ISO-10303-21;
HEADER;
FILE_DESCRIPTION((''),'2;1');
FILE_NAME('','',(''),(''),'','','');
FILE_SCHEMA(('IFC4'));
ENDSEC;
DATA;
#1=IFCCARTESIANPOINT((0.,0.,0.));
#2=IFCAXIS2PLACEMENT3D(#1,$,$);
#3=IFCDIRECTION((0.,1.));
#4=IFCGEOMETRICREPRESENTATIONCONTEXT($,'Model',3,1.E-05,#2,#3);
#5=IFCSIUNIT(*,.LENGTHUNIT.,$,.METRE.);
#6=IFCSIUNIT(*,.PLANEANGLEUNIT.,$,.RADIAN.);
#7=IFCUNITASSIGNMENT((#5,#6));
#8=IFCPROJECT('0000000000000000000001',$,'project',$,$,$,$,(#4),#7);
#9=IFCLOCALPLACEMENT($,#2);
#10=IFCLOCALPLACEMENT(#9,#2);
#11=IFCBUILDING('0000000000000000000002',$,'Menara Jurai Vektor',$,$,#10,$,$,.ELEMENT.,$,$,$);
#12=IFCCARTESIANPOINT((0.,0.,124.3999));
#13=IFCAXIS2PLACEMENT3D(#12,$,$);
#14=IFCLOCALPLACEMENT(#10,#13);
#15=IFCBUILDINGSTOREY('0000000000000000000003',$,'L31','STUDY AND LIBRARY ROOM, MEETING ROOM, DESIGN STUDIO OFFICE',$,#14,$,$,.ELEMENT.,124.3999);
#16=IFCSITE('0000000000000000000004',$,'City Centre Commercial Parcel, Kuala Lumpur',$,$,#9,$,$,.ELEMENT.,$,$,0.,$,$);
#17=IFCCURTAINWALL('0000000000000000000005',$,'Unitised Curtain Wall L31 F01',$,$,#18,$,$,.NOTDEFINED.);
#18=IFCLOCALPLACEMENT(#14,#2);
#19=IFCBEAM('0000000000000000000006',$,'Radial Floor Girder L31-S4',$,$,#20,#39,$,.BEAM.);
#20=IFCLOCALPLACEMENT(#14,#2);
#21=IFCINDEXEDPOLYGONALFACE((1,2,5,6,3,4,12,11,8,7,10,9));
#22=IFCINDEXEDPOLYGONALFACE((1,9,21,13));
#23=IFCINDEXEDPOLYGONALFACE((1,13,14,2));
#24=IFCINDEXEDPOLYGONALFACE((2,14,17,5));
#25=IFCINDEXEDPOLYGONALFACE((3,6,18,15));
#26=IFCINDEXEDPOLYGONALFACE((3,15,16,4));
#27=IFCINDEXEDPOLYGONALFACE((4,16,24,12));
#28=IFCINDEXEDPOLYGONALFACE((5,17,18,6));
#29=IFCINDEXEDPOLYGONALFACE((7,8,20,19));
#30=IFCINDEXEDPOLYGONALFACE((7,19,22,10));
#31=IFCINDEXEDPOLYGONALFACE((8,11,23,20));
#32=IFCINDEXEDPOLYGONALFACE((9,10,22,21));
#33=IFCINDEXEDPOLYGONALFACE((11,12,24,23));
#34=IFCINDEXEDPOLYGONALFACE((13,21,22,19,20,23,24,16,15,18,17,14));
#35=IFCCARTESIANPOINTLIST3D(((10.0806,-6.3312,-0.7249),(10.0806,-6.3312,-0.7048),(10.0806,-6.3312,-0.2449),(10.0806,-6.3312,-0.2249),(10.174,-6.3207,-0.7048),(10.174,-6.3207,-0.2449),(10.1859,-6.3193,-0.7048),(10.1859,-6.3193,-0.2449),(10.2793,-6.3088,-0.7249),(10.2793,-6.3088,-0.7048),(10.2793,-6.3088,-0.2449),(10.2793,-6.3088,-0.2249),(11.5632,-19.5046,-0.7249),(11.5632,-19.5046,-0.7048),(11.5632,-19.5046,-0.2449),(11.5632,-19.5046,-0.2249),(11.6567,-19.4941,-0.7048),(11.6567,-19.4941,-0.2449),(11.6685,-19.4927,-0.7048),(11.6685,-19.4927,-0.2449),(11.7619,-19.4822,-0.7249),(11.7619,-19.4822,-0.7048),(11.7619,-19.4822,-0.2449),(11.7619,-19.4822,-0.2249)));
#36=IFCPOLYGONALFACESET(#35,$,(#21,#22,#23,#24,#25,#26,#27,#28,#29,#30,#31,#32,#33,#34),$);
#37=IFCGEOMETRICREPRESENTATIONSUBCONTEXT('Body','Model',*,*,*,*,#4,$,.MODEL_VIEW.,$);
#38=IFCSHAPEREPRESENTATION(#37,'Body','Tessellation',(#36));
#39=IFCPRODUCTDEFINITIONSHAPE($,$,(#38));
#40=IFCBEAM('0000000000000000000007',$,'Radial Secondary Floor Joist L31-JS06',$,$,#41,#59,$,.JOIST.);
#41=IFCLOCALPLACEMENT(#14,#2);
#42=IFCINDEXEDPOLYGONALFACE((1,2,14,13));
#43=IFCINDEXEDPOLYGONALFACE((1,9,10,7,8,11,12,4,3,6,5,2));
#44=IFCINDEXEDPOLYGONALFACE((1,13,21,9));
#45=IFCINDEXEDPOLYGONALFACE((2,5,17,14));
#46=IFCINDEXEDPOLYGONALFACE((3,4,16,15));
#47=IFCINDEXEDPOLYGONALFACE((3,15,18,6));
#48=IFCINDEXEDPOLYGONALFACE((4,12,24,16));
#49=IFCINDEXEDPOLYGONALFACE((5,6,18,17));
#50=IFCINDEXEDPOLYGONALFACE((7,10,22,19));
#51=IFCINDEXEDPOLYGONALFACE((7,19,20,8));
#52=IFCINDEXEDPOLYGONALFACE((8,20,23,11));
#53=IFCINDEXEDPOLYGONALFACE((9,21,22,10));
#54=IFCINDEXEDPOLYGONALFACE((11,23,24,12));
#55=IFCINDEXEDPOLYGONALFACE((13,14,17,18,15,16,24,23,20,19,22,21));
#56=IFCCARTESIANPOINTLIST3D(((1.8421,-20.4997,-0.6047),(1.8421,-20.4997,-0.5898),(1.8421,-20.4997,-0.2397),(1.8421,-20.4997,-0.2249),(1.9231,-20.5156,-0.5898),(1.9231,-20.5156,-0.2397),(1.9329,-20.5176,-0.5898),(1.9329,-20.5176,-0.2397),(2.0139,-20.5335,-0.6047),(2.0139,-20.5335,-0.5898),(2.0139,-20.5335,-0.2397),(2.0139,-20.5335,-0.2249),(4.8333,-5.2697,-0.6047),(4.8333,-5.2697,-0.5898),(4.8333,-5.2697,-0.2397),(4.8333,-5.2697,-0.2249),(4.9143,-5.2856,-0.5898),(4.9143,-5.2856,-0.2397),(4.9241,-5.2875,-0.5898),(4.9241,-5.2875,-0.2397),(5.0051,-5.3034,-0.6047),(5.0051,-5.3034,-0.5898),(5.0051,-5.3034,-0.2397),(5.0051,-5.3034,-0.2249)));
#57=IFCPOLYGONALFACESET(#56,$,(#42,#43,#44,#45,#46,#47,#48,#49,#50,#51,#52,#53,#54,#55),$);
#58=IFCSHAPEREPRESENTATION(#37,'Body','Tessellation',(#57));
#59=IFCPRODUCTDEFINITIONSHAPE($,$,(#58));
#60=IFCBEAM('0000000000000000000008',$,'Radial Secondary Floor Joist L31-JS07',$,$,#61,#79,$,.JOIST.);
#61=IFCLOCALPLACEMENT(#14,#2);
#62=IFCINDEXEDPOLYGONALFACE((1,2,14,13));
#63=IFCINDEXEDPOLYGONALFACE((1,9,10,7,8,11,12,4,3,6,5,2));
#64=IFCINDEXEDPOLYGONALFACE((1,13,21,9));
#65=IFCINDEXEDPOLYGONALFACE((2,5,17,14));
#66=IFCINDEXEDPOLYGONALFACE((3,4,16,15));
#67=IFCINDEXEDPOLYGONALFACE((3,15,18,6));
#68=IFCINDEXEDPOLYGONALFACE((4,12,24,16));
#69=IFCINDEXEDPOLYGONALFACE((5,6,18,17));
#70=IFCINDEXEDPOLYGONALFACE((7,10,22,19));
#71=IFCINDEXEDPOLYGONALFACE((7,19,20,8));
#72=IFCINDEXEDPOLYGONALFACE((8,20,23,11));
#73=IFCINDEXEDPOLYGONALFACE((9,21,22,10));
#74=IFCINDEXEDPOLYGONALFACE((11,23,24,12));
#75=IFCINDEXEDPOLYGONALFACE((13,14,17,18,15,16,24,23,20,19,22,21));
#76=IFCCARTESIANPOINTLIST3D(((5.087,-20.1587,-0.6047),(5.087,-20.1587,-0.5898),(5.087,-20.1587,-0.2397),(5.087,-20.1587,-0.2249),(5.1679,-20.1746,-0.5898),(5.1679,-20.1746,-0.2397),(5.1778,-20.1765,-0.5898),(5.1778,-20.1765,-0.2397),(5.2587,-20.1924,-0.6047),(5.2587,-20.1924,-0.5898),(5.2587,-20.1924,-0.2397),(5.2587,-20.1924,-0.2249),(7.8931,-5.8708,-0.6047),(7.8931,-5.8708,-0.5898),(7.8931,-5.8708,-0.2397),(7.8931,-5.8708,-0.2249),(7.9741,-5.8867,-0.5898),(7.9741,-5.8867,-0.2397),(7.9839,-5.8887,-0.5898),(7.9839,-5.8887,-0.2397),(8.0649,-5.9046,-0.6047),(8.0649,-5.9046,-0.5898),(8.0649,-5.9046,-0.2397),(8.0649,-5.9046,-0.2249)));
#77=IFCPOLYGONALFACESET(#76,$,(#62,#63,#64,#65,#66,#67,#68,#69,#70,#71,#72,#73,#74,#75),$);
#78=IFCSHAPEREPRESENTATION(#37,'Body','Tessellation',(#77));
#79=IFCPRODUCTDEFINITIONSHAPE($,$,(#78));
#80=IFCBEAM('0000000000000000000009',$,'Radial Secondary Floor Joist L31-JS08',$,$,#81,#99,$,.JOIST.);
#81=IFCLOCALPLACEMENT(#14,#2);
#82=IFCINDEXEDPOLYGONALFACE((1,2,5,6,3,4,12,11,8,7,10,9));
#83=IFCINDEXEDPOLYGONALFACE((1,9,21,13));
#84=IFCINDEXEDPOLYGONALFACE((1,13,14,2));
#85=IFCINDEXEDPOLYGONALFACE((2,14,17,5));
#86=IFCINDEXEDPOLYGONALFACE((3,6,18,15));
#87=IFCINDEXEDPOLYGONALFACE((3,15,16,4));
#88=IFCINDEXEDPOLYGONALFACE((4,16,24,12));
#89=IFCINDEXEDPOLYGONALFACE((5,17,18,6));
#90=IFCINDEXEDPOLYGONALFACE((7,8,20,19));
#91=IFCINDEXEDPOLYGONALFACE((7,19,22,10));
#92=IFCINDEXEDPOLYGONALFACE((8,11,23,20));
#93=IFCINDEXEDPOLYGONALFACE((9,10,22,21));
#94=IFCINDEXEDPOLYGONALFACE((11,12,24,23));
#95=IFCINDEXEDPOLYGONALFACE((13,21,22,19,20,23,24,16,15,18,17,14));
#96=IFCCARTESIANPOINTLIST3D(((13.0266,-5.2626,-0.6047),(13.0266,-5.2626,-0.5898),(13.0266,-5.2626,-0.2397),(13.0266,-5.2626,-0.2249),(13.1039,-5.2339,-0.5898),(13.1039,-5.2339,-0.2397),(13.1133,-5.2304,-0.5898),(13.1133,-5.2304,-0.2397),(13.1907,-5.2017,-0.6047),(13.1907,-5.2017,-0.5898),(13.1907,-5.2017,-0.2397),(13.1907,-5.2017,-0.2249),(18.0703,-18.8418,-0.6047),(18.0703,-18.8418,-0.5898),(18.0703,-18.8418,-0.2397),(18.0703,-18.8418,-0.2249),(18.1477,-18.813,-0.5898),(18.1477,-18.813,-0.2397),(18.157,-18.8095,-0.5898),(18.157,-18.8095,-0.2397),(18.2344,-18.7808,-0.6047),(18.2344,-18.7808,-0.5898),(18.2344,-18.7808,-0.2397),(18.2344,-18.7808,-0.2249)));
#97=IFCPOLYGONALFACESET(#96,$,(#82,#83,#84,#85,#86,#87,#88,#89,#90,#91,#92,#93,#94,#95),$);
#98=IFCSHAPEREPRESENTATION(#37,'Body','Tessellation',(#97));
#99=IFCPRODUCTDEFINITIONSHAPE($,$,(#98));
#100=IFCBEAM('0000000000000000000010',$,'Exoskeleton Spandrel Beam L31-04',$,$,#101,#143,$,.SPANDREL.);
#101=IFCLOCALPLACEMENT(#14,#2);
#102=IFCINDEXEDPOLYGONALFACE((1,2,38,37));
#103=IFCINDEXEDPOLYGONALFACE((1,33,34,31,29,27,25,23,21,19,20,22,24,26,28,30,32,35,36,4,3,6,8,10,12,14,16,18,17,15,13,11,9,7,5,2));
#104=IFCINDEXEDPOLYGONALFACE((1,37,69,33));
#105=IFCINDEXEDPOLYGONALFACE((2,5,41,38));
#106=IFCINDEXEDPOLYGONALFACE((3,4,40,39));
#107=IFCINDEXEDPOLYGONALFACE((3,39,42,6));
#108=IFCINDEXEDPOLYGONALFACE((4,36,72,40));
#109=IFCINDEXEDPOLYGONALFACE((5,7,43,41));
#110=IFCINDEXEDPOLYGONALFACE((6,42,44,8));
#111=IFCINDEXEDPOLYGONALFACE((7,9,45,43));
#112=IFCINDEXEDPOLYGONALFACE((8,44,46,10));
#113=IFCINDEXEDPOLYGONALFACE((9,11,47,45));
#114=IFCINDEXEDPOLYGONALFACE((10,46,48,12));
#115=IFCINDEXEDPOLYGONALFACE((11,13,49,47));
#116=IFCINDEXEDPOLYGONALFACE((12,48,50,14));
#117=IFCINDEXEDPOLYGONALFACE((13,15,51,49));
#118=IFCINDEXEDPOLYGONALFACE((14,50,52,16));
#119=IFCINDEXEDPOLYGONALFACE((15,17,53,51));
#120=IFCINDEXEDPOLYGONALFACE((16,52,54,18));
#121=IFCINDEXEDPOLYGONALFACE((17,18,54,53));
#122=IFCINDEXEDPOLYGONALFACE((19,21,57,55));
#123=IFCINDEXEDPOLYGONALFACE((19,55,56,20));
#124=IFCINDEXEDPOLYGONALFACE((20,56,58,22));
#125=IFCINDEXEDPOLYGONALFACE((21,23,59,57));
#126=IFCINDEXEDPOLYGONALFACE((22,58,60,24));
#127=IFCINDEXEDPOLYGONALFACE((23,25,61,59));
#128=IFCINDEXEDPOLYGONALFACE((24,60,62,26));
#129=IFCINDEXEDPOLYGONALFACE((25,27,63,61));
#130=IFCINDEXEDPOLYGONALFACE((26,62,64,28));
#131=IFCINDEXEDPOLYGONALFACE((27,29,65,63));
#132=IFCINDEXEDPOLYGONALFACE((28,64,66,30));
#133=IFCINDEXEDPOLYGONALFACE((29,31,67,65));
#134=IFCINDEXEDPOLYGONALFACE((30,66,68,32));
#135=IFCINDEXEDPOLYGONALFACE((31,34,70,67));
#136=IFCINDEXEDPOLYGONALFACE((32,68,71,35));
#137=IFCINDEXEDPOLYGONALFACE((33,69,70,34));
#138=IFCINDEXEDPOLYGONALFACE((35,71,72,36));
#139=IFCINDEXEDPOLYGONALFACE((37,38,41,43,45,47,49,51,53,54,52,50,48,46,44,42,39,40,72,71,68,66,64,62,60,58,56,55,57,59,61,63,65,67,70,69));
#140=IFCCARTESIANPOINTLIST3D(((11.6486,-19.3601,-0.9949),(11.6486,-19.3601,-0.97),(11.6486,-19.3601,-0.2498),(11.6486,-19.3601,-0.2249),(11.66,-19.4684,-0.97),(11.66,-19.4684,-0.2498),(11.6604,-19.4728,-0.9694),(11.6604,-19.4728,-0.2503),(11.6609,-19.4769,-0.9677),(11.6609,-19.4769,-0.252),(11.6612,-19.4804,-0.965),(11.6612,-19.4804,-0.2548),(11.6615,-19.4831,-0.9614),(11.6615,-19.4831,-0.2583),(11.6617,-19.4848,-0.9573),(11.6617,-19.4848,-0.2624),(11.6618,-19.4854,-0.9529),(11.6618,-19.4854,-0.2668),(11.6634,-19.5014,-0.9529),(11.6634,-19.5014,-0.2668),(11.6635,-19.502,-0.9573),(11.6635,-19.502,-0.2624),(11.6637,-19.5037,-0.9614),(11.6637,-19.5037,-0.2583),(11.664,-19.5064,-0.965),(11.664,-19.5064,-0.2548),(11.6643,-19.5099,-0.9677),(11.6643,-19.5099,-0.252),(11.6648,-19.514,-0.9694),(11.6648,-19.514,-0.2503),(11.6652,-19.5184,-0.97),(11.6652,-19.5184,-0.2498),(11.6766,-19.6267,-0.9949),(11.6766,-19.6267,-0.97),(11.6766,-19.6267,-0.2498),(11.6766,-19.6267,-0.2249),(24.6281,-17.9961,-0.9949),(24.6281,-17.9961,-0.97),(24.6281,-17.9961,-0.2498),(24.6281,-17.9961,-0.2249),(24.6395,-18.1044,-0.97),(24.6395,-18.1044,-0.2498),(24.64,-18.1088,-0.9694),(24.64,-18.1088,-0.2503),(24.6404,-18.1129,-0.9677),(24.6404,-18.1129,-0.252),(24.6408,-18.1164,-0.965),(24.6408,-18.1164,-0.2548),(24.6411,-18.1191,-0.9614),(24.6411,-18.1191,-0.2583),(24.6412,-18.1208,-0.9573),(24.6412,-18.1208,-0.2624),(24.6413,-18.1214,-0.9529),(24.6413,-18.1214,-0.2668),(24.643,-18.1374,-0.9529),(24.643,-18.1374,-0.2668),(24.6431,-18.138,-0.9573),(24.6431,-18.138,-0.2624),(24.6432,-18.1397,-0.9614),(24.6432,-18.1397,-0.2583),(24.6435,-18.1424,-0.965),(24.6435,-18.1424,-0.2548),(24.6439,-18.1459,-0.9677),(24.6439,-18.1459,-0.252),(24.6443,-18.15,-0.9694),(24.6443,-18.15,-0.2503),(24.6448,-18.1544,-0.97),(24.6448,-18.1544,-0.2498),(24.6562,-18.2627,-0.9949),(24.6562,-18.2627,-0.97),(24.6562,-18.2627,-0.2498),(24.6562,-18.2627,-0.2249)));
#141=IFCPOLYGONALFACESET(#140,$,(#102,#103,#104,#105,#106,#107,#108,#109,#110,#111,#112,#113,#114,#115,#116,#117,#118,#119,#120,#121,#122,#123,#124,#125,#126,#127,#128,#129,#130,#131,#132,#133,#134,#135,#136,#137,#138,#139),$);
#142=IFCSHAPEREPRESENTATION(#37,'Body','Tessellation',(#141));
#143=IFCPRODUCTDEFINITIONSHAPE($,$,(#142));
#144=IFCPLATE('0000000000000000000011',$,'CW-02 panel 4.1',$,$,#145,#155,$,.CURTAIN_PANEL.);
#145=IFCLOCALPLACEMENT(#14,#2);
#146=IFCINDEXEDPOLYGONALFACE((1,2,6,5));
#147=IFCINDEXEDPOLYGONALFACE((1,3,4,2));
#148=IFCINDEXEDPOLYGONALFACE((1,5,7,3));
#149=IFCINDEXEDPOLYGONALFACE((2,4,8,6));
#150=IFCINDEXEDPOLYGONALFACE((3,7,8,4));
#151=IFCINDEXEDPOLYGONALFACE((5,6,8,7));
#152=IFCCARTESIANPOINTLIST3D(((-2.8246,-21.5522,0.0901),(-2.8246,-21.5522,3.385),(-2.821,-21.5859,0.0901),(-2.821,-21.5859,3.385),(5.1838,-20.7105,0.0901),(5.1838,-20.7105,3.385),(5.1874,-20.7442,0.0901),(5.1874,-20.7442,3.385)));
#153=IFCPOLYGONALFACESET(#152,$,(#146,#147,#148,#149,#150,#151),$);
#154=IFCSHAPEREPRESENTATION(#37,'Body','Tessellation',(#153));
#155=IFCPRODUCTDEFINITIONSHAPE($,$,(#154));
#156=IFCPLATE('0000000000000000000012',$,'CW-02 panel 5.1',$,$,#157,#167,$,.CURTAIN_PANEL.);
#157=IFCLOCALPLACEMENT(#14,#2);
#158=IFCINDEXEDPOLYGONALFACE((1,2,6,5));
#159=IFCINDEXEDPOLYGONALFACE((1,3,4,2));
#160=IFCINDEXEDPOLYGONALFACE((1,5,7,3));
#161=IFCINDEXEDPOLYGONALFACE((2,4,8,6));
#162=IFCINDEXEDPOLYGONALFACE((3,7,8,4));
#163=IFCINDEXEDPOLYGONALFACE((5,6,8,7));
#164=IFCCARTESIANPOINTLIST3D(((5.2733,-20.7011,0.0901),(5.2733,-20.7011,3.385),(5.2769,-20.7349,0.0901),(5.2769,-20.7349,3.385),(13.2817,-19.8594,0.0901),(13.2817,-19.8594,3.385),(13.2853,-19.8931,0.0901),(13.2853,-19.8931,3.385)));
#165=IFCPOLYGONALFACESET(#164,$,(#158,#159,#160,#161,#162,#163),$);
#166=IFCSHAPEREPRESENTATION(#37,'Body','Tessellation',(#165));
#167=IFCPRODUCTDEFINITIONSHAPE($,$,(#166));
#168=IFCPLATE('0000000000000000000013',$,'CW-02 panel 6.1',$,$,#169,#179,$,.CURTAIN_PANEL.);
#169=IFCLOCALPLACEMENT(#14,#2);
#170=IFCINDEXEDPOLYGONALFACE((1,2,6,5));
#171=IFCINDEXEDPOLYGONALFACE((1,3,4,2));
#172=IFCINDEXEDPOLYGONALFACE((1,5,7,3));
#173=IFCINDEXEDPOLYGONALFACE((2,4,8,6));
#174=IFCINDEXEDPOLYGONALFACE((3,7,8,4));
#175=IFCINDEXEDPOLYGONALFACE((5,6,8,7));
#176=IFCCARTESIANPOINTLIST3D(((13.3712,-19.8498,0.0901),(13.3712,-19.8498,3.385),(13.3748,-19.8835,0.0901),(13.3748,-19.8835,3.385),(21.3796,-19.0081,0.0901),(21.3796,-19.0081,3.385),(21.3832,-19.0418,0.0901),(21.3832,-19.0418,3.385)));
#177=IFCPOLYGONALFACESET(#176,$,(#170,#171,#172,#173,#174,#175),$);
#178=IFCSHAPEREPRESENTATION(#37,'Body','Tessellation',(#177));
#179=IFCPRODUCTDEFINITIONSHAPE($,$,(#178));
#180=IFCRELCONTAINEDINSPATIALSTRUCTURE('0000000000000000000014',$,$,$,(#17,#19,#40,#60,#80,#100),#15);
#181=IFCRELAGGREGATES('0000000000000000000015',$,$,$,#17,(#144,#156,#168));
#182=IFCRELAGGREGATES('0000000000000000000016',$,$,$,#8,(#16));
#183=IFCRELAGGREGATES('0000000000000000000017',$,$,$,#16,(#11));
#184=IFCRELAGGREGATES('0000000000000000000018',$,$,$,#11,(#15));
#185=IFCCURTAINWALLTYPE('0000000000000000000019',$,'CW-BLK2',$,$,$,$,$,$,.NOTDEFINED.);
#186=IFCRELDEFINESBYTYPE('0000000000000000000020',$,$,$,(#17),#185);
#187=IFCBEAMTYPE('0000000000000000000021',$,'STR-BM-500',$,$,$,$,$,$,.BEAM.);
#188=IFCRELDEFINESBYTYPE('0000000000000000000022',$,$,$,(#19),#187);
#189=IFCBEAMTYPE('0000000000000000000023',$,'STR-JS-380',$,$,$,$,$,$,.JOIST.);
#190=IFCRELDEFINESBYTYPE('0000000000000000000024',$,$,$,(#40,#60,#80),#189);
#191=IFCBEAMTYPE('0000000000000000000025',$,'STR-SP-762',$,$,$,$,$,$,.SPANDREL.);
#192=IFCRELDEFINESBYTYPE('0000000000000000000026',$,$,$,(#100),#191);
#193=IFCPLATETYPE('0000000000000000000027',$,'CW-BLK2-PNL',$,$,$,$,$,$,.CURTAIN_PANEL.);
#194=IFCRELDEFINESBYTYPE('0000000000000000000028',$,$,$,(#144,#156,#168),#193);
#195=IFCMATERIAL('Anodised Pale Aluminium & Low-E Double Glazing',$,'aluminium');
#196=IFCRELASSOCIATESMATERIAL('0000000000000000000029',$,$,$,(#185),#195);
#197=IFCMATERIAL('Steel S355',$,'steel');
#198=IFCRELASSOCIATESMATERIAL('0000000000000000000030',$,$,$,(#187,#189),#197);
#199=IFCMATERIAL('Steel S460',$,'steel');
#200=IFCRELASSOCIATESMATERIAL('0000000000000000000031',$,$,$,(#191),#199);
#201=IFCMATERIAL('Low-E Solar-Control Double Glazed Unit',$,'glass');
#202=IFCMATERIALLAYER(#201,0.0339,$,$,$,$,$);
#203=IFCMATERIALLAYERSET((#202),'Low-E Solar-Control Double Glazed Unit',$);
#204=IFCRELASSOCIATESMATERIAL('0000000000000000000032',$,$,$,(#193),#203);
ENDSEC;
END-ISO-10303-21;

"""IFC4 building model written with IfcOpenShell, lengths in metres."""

from ifc_helpers import new_model, si_unit, direction, frame, origin, origin_2d, place, context, subcontext, project, spatial, rectangle, i_section, extrude, material, layer, layer_set, material_profile, profile_set, type_object, element, aggregate, save


model = new_model("IFC4")

# Units and contexts
model_context = context("Model", 3, precision=1e-05, world=origin(), true_north=direction((0.0, 1.0)))
body_context = subcontext(model_context, "Body", "Model", "MODEL_VIEW")
ifc_project = project(units=[si_unit("LENGTHUNIT", "METRE"), si_unit("PLANEANGLEUNIT", "RADIAN")], contexts=[model_context])

# Site, building, storey
site_placement = place(None, origin())
site = spatial("IfcSite", under=ifc_project, at=site_placement, Name="City Centre Commercial Parcel, Kuala Lumpur", CompositionType="ELEMENT", RefElevation=0.0)
building_placement = place(site_placement, origin())
building = spatial("IfcBuilding", under=site, at=building_placement, Name="Menara Jurai Vektor", CompositionType="ELEMENT")
storey_placement = place(building_placement, frame((0.0, 0.0, 124.3999)))
storey = spatial("IfcBuildingStorey", under=building, at=storey_placement, Name="L31", Description="STUDY AND LIBRARY ROOM, MEETING ROOM, DESIGN STUDIO OFFICE", CompositionType="ELEMENT", Elevation=124.3999)

# Shared definitions
ifc_material_1 = material(Name="Steel S460", Category="steel")

# Curtain wall
ifc_material_2 = material(Name="Anodised Pale Aluminium & Low-E Double Glazing", Category="aluminium")
curtain_wall_type = type_object("IfcCurtainWallType", Name="CW-BLK2", PredefinedType="NOTDEFINED", material=ifc_material_2)
curtain_wall_placement = place(storey_placement, origin())
curtain_wall = element("IfcCurtainWall", 1, at=curtain_wall_placement, inside=storey, type_object=curtain_wall_type, Name="Unitised Curtain Wall L31 F01", PredefinedType="NOTDEFINED")

# Beams
ifc_material_3 = material(Name="Steel S355", Category="steel")
ifc_material_profile_1 = material_profile(ifc_material_3, i_section(OverallWidth=0.2, OverallDepth=0.5, WebThickness=0.012, FlangeThickness=0.02, at=origin_2d()), Name="PG 500x200x96")
ifc_profile_set_1 = profile_set([ifc_material_profile_1], Name="Steel S355")
beam_type_1 = type_object("IfcBeamType", Name="STR-BM-500", PredefinedType="BEAM", material=ifc_profile_set_1)
beam_1_placement = place(storey_placement, frame((11.6626, -19.4934, -0.4749), z_axis=(-0.111844, 0.993726, 0.0), x_axis=(-0.993726, -0.111844, 0.0)))
element("IfcBeam", 2, at=beam_1_placement, inside=storey, type_object=beam_type_1, Name="Radial Floor Girder L31-S4", PredefinedType="BEAM", context=body_context, shape_type="SweptSolid", body=[
    extrude(i_section(OverallWidth=0.2, OverallDepth=0.5, WebThickness=0.012, FlangeThickness=0.02, at=origin_2d()), origin(), (0.0, 0.0, 1.0), 13.2566),
])
ifc_material_profile_2 = material_profile(ifc_material_3, i_section(OverallWidth=0.175, OverallDepth=0.3799, WebThickness=0.01, FlangeThickness=0.0149, at=origin_2d()), Name="PG 380x175x58")
ifc_profile_set_2 = profile_set([ifc_material_profile_2], Name="Steel S355")
beam_type_2 = type_object("IfcBeamType", Name="STR-JS-380", PredefinedType="JOIST", material=ifc_profile_set_2)
beam_2_placement = place(storey_placement, frame((1.928, -20.5166, -0.4148), z_axis=(0.192721, 0.981254, 0.0), x_axis=(-0.981254, 0.192721, 0.0)))
element("IfcBeam", 3, at=beam_2_placement, inside=storey, type_object=beam_type_2, Name="Radial Secondary Floor Joist L31-JS06", PredefinedType="JOIST", context=body_context, shape_type="SweptSolid", body=[
    extrude(i_section(OverallWidth=0.175, OverallDepth=0.3799, WebThickness=0.01, FlangeThickness=0.0149, at=origin_2d()), origin(), (0.0, 0.0, 1.0), 15.521),
])
beam_3_placement = place(storey_placement, frame((5.1729, -20.1755, -0.4148), z_axis=(0.19272, 0.981254, 0.0), x_axis=(-0.981254, 0.19272, 0.0)))
element("IfcBeam", 4, at=beam_3_placement, inside=storey, type_object=beam_type_2, Name="Radial Secondary Floor Joist L31-JS07", PredefinedType="JOIST", context=body_context, shape_type="SweptSolid", body=[
    extrude(i_section(OverallWidth=0.175, OverallDepth=0.3799, WebThickness=0.01, FlangeThickness=0.0149, at=origin_2d()), origin(), (0.0, 0.0, 1.0), 14.5608),
])
beam_4_placement = place(storey_placement, frame((18.1523, -18.8113, -0.4148), z_axis=(-0.348189, 0.937424, 0.0), x_axis=(-0.937424, -0.348189, 0.0)))
element("IfcBeam", 5, at=beam_4_placement, inside=storey, type_object=beam_type_2, Name="Radial Secondary Floor Joist L31-JS08", PredefinedType="JOIST", context=body_context, shape_type="SweptSolid", body=[
    extrude(i_section(OverallWidth=0.175, OverallDepth=0.3799, WebThickness=0.01, FlangeThickness=0.0149, at=origin_2d()), origin(), (0.0, 0.0, 1.0), 14.4856),
])
ifc_material_profile_3 = material_profile(ifc_material_1, i_section(OverallWidth=0.2681, OverallDepth=0.77, WebThickness=0.0161, FlangeThickness=0.0249, FilletRadius=0.0171, at=origin_2d()), Name="UKB 762x267x197")
ifc_profile_set_3 = profile_set([ifc_material_profile_3], Name="Steel S460")
beam_type_3 = type_object("IfcBeamType", Name="STR-SP-762", PredefinedType="SPANDREL", material=ifc_profile_set_3)
beam_5_placement = place(storey_placement, frame((11.6626, -19.4934, -0.6099), z_axis=(0.994523, 0.104514, 0.0), x_axis=(-0.104514, 0.994523, 0.0)))
element("IfcBeam", 6, at=beam_5_placement, inside=storey, type_object=beam_type_3, Name="Exoskeleton Spandrel Beam L31-04", PredefinedType="SPANDREL", context=body_context, shape_type="SweptSolid", body=[
    extrude(i_section(OverallWidth=0.2681, OverallDepth=0.77, WebThickness=0.0161, FlangeThickness=0.0249, FilletRadius=0.0171, at=origin_2d()), origin(), (0.0, 0.0, 1.0), 13.051),
])

# Plates
ifc_material_4 = material(Name="Low-E Solar-Control Double Glazed Unit", Category="glass")
ifc_layer_1 = layer(ifc_material_4, 0.0339)
ifc_layer_set_1 = layer_set([ifc_layer_1], Name="Low-E Solar-Control Double Glazed Unit")
plate_type_1 = type_object("IfcPlateType", Name="CW-BLK2-PNL", PredefinedType="CURTAIN_PANEL", material=ifc_layer_set_1)
plate_1_placement = place(storey_placement, frame((1.1814, -21.1482, 0.0901), z_axis=(0.0, 0.0, 1.0), x_axis=(0.994522, 0.104529, 0.0)))
plate_1 = element("IfcPlate", 7, at=plate_1_placement, type_object=plate_type_1, Name="CW-02 panel 4.1", PredefinedType="CURTAIN_PANEL", context=body_context, shape_type="SweptSolid", body=[
    extrude(rectangle(XDim=8.0525, YDim=0.0339, at=origin_2d()), origin(), (0.0, 0.0, 1.0), 3.2949),
])
plate_2_placement = place(storey_placement, frame((9.2793, -20.2971, 0.0901), z_axis=(0.0, 0.0, 1.0), x_axis=(0.994522, 0.104529, 0.0)))
plate_2 = element("IfcPlate", 8, at=plate_2_placement, type_object=plate_type_1, Name="CW-02 panel 5.1", PredefinedType="CURTAIN_PANEL", context=body_context, shape_type="SweptSolid", body=[
    extrude(rectangle(XDim=8.0525, YDim=0.0339, at=origin_2d()), origin(), (0.0, 0.0, 1.0), 3.2949),
])
plate_3_placement = place(storey_placement, frame((17.3772, -19.4458, 0.0901), z_axis=(0.0, 0.0, 1.0), x_axis=(0.994522, 0.104529, 0.0)))
plate_3 = element("IfcPlate", 9, at=plate_3_placement, type_object=plate_type_1, Name="CW-02 panel 6.1", PredefinedType="CURTAIN_PANEL", context=body_context, shape_type="SweptSolid", body=[
    extrude(rectangle(XDim=8.0525, YDim=0.0339, at=origin_2d()), origin(), (0.0, 0.0, 1.0), 3.2949),
])
aggregate(curtain_wall, [plate_1, plate_2, plate_3])

save(model, "model.ifc")
